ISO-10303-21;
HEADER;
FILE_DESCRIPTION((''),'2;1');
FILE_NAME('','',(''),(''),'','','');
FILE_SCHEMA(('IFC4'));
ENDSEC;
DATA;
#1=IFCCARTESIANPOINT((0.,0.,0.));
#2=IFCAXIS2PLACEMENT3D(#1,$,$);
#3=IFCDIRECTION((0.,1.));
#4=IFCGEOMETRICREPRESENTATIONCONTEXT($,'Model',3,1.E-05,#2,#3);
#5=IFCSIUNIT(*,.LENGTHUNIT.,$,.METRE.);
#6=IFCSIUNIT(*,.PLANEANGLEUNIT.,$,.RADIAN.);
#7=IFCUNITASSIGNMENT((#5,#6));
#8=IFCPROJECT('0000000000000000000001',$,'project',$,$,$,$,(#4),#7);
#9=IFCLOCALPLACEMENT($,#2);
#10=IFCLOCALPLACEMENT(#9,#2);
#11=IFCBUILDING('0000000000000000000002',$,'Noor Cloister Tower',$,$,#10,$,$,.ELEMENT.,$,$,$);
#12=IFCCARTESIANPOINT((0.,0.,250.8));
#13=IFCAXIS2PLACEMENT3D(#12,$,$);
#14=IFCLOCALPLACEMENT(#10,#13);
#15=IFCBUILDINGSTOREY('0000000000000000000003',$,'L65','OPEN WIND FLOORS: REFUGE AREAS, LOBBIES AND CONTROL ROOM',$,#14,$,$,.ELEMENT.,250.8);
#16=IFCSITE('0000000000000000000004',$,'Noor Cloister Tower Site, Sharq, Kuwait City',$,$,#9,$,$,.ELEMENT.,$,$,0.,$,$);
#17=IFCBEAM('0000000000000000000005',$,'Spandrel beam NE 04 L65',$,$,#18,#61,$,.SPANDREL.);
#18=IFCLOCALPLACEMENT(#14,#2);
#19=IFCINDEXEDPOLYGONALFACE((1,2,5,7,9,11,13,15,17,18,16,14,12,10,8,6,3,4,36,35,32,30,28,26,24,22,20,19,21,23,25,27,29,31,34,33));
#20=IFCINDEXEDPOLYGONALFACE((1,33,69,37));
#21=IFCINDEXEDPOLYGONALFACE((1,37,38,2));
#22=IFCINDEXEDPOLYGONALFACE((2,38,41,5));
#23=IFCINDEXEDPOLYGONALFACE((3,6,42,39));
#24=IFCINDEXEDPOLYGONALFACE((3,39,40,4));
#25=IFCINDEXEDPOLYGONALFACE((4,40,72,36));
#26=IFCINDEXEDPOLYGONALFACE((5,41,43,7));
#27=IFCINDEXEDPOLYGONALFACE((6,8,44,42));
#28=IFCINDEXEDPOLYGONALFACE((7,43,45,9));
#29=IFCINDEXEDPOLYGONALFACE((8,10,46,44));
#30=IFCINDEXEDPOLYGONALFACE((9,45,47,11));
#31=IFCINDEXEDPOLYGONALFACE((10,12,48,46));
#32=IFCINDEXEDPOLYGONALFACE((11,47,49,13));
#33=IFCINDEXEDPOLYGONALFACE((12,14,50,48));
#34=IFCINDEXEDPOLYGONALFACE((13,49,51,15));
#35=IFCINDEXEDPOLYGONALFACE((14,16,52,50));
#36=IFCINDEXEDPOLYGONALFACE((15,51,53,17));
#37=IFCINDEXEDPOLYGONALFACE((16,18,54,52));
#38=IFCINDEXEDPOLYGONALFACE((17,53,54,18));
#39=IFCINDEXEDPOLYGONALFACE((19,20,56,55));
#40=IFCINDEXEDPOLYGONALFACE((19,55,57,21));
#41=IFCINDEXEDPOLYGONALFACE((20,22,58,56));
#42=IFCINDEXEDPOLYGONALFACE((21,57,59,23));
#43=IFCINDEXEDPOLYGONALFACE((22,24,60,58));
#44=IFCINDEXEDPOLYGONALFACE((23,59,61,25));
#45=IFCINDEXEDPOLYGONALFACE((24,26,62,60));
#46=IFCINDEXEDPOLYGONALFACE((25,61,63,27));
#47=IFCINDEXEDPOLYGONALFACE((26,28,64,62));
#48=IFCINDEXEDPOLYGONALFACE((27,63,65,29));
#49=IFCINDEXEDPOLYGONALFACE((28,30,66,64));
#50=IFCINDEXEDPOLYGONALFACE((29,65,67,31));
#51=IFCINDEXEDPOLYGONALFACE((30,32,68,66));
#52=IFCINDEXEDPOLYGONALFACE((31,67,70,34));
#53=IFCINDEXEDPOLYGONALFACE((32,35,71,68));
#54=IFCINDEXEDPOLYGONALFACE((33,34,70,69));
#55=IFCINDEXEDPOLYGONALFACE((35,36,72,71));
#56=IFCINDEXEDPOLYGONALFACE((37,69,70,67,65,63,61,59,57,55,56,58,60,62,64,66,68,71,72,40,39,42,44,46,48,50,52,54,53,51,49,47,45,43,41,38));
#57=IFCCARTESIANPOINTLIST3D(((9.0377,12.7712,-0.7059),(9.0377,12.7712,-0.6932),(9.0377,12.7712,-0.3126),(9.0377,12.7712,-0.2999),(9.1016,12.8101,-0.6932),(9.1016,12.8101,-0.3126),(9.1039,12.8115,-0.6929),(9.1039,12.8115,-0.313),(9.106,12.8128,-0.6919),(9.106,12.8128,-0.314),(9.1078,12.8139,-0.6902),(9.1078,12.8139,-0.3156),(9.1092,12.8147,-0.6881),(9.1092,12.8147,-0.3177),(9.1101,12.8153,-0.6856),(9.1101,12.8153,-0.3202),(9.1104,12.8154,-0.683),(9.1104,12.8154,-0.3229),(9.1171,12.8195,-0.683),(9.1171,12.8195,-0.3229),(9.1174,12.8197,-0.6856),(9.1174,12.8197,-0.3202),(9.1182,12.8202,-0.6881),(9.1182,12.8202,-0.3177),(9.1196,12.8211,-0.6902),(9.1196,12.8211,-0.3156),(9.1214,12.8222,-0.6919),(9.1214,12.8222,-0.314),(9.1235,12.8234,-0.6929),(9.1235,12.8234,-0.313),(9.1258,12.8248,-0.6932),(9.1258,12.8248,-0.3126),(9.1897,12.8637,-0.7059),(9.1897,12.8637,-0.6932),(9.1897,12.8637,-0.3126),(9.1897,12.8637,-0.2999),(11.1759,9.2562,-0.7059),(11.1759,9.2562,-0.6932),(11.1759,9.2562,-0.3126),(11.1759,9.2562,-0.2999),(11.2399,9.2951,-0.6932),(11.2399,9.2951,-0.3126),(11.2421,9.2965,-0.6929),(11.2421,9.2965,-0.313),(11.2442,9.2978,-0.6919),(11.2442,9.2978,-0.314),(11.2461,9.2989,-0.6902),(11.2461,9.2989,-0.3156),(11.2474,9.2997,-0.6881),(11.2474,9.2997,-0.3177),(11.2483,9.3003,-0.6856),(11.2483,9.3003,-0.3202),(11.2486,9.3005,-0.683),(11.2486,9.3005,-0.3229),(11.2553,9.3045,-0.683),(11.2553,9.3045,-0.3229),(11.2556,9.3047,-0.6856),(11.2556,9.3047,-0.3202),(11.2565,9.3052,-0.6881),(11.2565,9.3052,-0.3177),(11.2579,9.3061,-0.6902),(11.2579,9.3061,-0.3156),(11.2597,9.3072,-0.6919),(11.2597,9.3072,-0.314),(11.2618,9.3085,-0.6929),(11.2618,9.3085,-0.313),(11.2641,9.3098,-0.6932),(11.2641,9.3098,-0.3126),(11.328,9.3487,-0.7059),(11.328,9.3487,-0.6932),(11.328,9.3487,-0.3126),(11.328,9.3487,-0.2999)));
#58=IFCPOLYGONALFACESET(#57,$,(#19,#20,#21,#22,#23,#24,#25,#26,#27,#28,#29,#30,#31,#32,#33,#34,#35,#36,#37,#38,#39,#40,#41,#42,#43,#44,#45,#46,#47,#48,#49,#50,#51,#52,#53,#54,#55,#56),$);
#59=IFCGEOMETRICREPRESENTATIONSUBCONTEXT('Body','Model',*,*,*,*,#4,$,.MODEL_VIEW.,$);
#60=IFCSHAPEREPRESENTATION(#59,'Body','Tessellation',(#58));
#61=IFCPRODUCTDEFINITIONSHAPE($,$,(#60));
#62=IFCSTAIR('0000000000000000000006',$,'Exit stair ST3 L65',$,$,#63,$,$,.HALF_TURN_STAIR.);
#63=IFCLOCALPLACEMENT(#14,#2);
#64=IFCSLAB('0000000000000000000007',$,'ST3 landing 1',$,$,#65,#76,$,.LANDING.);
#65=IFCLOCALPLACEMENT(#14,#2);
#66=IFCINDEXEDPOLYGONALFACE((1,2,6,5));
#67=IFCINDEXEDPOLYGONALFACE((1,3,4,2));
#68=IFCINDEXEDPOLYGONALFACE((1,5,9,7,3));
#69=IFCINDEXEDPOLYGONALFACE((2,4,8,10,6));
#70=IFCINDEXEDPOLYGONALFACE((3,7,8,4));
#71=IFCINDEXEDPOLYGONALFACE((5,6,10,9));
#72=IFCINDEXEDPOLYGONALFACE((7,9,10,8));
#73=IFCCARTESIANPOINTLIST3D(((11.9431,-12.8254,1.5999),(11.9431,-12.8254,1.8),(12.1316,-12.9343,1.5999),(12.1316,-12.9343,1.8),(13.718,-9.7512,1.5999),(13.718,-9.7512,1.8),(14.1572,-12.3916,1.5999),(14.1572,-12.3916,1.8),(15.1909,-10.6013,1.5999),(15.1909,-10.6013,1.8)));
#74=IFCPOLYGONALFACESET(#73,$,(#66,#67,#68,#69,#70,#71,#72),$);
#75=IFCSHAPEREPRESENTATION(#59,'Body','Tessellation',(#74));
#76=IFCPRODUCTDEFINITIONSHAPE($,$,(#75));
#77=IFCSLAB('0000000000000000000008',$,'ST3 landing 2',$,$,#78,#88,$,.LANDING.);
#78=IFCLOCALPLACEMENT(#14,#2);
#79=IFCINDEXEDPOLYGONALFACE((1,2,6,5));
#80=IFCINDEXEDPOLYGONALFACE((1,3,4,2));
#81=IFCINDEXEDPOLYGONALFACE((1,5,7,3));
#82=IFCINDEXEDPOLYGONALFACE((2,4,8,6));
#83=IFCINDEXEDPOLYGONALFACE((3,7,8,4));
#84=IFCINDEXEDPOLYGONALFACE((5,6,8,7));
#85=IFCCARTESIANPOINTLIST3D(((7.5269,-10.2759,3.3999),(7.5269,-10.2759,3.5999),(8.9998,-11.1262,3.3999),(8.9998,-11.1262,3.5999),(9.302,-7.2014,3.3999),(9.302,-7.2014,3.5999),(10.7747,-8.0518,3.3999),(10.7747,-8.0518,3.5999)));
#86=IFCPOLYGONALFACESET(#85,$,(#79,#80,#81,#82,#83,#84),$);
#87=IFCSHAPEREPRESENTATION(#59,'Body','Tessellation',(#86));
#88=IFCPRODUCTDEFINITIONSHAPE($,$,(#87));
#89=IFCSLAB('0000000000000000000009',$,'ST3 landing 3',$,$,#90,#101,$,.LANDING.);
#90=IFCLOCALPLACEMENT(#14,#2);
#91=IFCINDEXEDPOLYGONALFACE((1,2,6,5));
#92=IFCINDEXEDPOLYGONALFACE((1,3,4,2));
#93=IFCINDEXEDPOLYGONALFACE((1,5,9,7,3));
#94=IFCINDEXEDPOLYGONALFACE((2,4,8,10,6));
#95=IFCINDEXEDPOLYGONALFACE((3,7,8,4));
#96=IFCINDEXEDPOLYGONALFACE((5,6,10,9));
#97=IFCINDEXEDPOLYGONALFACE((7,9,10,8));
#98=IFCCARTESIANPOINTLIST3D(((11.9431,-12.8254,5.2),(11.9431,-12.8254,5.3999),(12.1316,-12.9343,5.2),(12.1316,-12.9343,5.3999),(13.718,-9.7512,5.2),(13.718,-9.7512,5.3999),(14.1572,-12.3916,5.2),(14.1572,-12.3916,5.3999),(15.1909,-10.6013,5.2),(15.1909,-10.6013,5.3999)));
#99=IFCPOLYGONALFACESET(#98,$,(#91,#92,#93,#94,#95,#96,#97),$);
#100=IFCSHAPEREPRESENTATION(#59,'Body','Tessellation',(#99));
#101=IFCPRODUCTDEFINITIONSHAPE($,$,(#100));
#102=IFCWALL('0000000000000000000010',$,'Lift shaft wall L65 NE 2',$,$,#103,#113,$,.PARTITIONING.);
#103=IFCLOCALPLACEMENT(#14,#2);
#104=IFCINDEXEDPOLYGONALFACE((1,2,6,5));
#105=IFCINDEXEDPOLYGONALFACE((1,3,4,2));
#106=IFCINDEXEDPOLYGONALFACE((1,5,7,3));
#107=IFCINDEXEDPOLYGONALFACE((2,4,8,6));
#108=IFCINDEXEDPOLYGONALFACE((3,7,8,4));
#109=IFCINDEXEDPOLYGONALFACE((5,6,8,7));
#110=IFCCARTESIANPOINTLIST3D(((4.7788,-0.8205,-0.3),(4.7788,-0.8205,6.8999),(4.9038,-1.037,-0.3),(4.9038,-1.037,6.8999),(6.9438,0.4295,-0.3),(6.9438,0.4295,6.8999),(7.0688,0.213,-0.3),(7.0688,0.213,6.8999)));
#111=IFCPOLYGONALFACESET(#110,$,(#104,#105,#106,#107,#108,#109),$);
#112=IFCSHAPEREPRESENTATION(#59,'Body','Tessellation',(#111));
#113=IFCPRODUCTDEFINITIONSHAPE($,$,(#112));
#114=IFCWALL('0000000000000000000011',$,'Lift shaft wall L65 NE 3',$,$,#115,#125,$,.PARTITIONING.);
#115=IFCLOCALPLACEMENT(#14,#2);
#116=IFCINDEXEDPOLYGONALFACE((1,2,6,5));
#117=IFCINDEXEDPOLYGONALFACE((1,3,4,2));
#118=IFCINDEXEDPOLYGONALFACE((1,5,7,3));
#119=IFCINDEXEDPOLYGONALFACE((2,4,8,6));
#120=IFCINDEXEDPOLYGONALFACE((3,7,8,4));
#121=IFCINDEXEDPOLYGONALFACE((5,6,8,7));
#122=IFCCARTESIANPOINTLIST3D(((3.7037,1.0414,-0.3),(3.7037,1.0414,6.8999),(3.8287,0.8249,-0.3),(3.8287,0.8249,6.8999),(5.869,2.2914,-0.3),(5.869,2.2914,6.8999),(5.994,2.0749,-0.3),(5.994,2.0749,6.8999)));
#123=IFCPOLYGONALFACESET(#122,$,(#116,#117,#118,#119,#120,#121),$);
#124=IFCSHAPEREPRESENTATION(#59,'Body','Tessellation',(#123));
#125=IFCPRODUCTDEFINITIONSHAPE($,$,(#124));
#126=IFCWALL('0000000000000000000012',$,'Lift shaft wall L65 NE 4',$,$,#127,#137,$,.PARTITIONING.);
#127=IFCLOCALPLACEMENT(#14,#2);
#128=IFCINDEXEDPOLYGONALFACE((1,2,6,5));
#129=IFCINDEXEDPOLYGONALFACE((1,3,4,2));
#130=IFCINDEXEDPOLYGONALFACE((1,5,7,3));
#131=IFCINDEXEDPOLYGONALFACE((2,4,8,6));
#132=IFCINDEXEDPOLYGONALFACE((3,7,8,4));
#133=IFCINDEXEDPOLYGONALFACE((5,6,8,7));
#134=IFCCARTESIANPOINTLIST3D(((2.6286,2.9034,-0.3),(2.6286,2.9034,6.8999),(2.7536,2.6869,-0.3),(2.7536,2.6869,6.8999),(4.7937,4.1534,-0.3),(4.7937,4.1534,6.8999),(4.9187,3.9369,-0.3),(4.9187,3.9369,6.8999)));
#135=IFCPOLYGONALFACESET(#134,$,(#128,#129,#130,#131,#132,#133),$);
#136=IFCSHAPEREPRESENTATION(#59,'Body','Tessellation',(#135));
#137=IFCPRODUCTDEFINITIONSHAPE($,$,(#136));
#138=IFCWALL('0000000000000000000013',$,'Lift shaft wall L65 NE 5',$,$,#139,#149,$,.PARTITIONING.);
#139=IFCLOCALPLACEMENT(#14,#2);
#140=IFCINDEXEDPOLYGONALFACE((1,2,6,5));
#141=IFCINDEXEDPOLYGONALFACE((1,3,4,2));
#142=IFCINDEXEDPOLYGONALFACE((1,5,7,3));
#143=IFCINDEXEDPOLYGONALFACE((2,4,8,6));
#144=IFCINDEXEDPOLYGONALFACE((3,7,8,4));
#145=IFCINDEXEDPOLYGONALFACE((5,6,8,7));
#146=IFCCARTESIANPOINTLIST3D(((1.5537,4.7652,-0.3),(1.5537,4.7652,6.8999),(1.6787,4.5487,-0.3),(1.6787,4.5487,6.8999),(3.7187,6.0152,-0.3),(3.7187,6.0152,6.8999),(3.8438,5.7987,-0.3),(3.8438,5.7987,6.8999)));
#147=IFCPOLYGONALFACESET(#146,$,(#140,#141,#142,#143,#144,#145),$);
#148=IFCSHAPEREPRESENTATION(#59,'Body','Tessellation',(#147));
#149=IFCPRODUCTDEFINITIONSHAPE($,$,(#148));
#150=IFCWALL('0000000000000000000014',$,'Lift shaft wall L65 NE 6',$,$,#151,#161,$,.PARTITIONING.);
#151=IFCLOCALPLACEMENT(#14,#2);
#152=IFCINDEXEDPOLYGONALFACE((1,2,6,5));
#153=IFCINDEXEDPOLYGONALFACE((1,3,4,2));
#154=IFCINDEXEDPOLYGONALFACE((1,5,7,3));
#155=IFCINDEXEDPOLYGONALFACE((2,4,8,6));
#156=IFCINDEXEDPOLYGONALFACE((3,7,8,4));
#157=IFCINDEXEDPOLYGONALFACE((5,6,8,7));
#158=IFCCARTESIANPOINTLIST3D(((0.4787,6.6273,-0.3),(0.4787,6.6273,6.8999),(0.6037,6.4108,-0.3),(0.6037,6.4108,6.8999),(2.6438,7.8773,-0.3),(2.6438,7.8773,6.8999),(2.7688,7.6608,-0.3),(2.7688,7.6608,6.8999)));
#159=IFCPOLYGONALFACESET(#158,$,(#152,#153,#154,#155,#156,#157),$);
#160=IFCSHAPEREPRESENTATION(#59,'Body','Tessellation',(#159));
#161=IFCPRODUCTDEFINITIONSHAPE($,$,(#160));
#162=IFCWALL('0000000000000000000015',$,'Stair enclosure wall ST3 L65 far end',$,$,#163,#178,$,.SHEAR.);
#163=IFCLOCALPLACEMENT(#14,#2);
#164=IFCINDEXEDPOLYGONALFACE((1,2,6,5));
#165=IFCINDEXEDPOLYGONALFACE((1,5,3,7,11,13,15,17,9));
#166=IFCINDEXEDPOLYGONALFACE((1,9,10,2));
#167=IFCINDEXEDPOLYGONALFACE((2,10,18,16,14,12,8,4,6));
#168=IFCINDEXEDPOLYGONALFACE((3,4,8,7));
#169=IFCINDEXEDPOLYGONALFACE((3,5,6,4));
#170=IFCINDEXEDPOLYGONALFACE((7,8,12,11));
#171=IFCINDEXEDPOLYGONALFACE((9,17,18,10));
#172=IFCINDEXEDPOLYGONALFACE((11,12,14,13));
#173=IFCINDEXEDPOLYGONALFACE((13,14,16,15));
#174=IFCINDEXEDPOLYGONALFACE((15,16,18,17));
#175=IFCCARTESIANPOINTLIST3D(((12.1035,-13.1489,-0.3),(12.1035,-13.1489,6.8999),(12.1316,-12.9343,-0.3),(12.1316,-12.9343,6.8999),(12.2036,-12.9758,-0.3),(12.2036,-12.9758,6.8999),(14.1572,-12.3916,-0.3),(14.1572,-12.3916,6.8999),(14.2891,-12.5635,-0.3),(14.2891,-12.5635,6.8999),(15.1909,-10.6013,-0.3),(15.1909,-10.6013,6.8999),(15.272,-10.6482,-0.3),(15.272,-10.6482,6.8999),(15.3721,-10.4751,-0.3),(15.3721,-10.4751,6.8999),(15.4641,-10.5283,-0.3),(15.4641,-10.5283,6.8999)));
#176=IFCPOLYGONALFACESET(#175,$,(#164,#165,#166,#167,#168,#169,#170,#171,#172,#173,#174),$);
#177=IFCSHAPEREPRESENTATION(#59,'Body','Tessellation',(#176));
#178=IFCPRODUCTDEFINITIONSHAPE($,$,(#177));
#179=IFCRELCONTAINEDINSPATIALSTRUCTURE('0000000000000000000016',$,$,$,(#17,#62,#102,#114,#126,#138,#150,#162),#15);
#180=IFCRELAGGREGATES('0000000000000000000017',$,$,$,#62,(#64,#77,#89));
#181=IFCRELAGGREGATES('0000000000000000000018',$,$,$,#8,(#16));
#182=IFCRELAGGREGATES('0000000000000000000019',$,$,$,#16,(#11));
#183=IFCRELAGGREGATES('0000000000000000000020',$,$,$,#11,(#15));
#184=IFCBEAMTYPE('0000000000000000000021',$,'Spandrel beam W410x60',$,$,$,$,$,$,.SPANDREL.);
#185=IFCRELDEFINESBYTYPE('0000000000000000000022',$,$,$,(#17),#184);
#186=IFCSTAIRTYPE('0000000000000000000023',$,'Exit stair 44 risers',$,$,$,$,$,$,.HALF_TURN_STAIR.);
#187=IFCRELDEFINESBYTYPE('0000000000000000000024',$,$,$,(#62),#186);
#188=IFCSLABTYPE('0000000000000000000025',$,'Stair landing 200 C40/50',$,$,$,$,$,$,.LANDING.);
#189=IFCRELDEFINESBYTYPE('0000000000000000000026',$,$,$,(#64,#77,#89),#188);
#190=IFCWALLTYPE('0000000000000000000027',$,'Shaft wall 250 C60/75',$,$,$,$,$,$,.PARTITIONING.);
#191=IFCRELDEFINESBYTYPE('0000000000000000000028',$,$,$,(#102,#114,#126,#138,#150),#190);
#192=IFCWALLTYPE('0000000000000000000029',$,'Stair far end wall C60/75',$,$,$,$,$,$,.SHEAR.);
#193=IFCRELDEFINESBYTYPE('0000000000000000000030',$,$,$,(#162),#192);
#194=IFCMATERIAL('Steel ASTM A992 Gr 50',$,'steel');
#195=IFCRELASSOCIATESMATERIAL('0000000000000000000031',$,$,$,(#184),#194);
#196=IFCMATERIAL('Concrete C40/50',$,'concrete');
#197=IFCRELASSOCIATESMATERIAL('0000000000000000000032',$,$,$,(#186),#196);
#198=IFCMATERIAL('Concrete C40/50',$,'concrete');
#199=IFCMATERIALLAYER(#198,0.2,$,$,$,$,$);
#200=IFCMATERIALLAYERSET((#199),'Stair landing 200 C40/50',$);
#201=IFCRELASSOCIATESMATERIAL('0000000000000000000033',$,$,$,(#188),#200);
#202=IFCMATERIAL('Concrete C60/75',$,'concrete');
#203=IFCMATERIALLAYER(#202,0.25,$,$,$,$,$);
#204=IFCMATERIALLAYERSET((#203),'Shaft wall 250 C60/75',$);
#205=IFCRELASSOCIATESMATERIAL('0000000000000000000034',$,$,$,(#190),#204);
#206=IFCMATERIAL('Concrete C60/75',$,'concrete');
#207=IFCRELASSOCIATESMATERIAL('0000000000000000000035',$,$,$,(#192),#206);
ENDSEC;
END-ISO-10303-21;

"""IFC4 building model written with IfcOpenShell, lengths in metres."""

from ifc_helpers import new_model, si_unit, direction, frame, frame_2d, origin, origin_2d, place, context, subcontext, project, spatial, polyline, rectangle, i_section, outline, extrude, material, layer, layer_set, material_profile, profile_set, type_object, element, aggregate, save


model = new_model("IFC4")

# Units and contexts
model_context = context("Model", 3, precision=1e-05, world=origin(), true_north=direction((0.0, 1.0)))
body_context = subcontext(model_context, "Body", "Model", "MODEL_VIEW")
ifc_project = project(units=[si_unit("LENGTHUNIT", "METRE"), si_unit("PLANEANGLEUNIT", "RADIAN")], contexts=[model_context])

# Site, building, storey
site_placement = place(None, origin())
site = spatial("IfcSite", under=ifc_project, at=site_placement, Name="Noor Cloister Tower Site, Sharq, Kuwait City", CompositionType="ELEMENT", RefElevation=0.0)
building_placement = place(site_placement, origin())
building = spatial("IfcBuilding", under=site, at=building_placement, Name="Noor Cloister Tower", CompositionType="ELEMENT")
storey_placement = place(building_placement, frame((0.0, 0.0, 250.8)))
storey = spatial("IfcBuildingStorey", under=building, at=storey_placement, Name="L65", Description="OPEN WIND FLOORS: REFUGE AREAS, LOBBIES AND CONTROL ROOM", CompositionType="ELEMENT", Elevation=250.8)

# Beam
ifc_material_1 = material(Name="Steel ASTM A992 Gr 50", Category="steel")
ifc_material_profile_1 = material_profile(ifc_material_1, i_section(OverallWidth=0.178, OverallDepth=0.406, WebThickness=0.0078, FlangeThickness=0.0127, FilletRadius=0.0103, at=origin_2d()), Name="W410x60")
ifc_profile_set_1 = profile_set([ifc_material_profile_1], Name="Steel ASTM A992 Gr 50")
beam_type_1 = type_object("IfcBeamType", Name="Spandrel beam W410x60", PredefinedType="SPANDREL", material=ifc_profile_set_1)
for number, where, z_axis, x_axis, name in (
    (1, (11.252, 9.3025, -0.5029), (-0.519713, 0.854341, 0.0), (-0.854341, -0.519713, 0.0), "Spandrel beam NE 04 L65"),
):
    element("IfcBeam", number, at=place(storey_placement, frame(where, z_axis=z_axis, x_axis=x_axis)), inside=storey, type_object=beam_type_1, Name=name, PredefinedType="SPANDREL", context=body_context, shape_type="SweptSolid", body=[
        extrude(i_section(OverallWidth=0.178, OverallDepth=0.406, WebThickness=0.0078, FlangeThickness=0.0127, FilletRadius=0.0103, at=origin_2d()), origin(), (0.0, 0.0, 1.0), 4.1143),
    ])

# Stair, slabs
ifc_material_2 = material(Name="Concrete C40/50", Category="concrete")
stair_type = type_object("IfcStairType", Name="Exit stair 44 risers", PredefinedType="HALF_TURN_STAIR", material=ifc_material_2)
stair_placement = place(storey_placement, origin())
stair = element("IfcStair", 2, at=stair_placement, inside=storey, type_object=stair_type, Name="Exit stair ST3 L65", PredefinedType="HALF_TURN_STAIR")
ifc_material_3 = material(Name="Concrete C40/50", Category="concrete")
ifc_layer_1 = layer(ifc_material_3, 0.2)
ifc_layer_set_1 = layer_set([ifc_layer_1], Name="Stair landing 200 C40/50")
slab_type = type_object("IfcSlabType", Name="Stair landing 200 C40/50", PredefinedType="LANDING", material=ifc_layer_set_1)
slab_1_placement = place(storey_placement, frame((0.0, 0.0, 1.5999)))
slab_1 = element("IfcSlab", 3, at=slab_1_placement, type_object=slab_type, Name="ST3 landing 1", PredefinedType="LANDING", context=body_context, shape_type="SweptSolid", body=[
    extrude(outline(polyline([(11.9431, -12.8254), (12.1316, -12.9343), (14.1572, -12.3916), (15.1909, -10.6013), (13.718, -9.7512), (11.9431, -12.8254)])), origin(), (0.0, 0.0, 1.0), 0.2002),
])
slab_2_placement = place(storey_placement, frame((0.0, 0.0, 3.3999)))
slab_2 = element("IfcSlab", 4, at=slab_2_placement, type_object=slab_type, Name="ST3 landing 2", PredefinedType="LANDING", context=body_context, shape_type="SweptSolid", body=[
    extrude(outline(polyline([(10.7747, -8.0518), (9.302, -7.2014), (7.5269, -10.2759), (8.9998, -11.1262), (10.7747, -8.0518)])), origin(), (0.0, 0.0, 1.0), 0.2),
])
slab_3_placement = place(storey_placement, frame((0.0, 0.0, 5.2)))
slab_3 = element("IfcSlab", 5, at=slab_3_placement, type_object=slab_type, Name="ST3 landing 3", PredefinedType="LANDING", context=body_context, shape_type="SweptSolid", body=[
    extrude(outline(polyline([(11.9431, -12.8254), (12.1316, -12.9343), (14.1572, -12.3916), (15.1909, -10.6013), (13.718, -9.7512), (11.9431, -12.8254)])), origin(), (0.0, 0.0, 1.0), 0.2),
])
aggregate(stair, [slab_1, slab_2, slab_3])

# Walls
ifc_material_4 = material(Name="Concrete C60/75", Category="concrete")
ifc_layer_2 = layer(ifc_material_4, 0.25)
ifc_layer_set_2 = layer_set([ifc_layer_2], Name="Shaft wall 250 C60/75")
wall_type_1 = type_object("IfcWallType", Name="Shaft wall 250 C60/75", PredefinedType="PARTITIONING", material=ifc_layer_set_2)
wall_1_placement = place(storey_placement, frame((7.0063, 0.3213, -0.3), z_axis=(0.0, 0.0, 1.0), x_axis=(-0.866023, -0.500004, 0.0)))
element("IfcWall", 6, at=wall_1_placement, inside=storey, type_object=wall_type_1, Name="Lift shaft wall L65 NE 2", PredefinedType="PARTITIONING", context=body_context, shape_type="SweptSolid", body=[
    extrude(rectangle(XDim=2.5, YDim=0.25, at=frame_2d((1.25, 0.0))), origin(), (0.0, 0.0, 1.0), 7.2),
])
wall_2_placement = place(storey_placement, frame((5.9314, 2.1831, -0.3), z_axis=(0.0, 0.0, 1.0), x_axis=(-0.866047, -0.499962, 0.0)))
element("IfcWall", 7, at=wall_2_placement, inside=storey, type_object=wall_type_1, Name="Lift shaft wall L65 NE 3", PredefinedType="PARTITIONING", context=body_context, shape_type="SweptSolid", body=[
    extrude(rectangle(XDim=2.5002, YDim=0.25, at=frame_2d((1.25, 0.0))), origin(), (0.0, 0.0, 1.0), 7.2),
])
for number, where, z_axis, x_axis, name in (
    (8, (4.8562, 4.0452, -0.3), (0.0, 0.0, 1.0), (-0.866023, -0.500004, 0.0), "Lift shaft wall L65 NE 4"),
    (9, (3.7812, 5.907, -0.3), (0.0, 0.0, 1.0), (-0.866023, -0.500004, 0.0), "Lift shaft wall L65 NE 5"),
    (10, (2.7063, 7.769, -0.3), (0.0, 0.0, 1.0), (-0.866023, -0.500004, 0.0), "Lift shaft wall L65 NE 6"),
):
    element("IfcWall", number, at=place(storey_placement, frame(where, z_axis=z_axis, x_axis=x_axis)), inside=storey, type_object=wall_type_1, Name=name, PredefinedType="PARTITIONING", context=body_context, shape_type="SweptSolid", body=[
        extrude(rectangle(XDim=2.5, YDim=0.25, at=frame_2d((1.25, 0.0))), origin(), (0.0, 0.0, 1.0), 7.2),
    ])
ifc_material_5 = material(Name="Concrete C60/75", Category="concrete")
wall_type_2 = type_object("IfcWallType", Name="Stair far end wall C60/75", PredefinedType="SHEAR", material=ifc_material_5)
wall_3_placement = place(storey_placement, frame((0.0, 0.0, -0.3)))
element("IfcWall", 11, at=wall_3_placement, inside=storey, type_object=wall_type_2, Name="Stair enclosure wall ST3 L65 far end", PredefinedType="SHEAR", context=body_context, shape_type="SweptSolid", body=[
    extrude(outline(polyline([(12.1035, -13.1489), (14.2891, -12.5635), (15.4641, -10.5283), (15.3721, -10.4751), (15.272, -10.6482), (15.272, -10.6482), (15.272, -10.6482), (15.272, -10.6482), (15.272, -10.6482), (15.272, -10.6482), (15.272, -10.6482), (15.272, -10.6482), (15.272, -10.6482), (15.272, -10.6482), (15.272, -10.6482), (15.272, -10.6482), (15.272, -10.6482), (15.272, -10.6482), (15.272, -10.6482), (15.272, -10.6482), (15.272, -10.6482), (15.1909, -10.6013), (14.1572, -12.3916), (12.1316, -12.9343), (12.2036, -12.9758), (12.2036, -12.9758), (12.2036, -12.9758), (12.2036, -12.9758), (12.2036, -12.9758), (12.2036, -12.9758), (12.2036, -12.9758), (12.2036, -12.9758), (12.2036, -12.9758), (12.2036, -12.9758), (12.2036, -12.9758), (12.2036, -12.9758), (12.2036, -12.9758), (12.2036, -12.9758), (12.2036, -12.9758), (12.2036, -12.9758), (12.2036, -12.9758), (12.1035, -13.1489)])), origin(), (0.0, 0.0, 1.0), 7.2),
])

save(model, "model.ifc")
